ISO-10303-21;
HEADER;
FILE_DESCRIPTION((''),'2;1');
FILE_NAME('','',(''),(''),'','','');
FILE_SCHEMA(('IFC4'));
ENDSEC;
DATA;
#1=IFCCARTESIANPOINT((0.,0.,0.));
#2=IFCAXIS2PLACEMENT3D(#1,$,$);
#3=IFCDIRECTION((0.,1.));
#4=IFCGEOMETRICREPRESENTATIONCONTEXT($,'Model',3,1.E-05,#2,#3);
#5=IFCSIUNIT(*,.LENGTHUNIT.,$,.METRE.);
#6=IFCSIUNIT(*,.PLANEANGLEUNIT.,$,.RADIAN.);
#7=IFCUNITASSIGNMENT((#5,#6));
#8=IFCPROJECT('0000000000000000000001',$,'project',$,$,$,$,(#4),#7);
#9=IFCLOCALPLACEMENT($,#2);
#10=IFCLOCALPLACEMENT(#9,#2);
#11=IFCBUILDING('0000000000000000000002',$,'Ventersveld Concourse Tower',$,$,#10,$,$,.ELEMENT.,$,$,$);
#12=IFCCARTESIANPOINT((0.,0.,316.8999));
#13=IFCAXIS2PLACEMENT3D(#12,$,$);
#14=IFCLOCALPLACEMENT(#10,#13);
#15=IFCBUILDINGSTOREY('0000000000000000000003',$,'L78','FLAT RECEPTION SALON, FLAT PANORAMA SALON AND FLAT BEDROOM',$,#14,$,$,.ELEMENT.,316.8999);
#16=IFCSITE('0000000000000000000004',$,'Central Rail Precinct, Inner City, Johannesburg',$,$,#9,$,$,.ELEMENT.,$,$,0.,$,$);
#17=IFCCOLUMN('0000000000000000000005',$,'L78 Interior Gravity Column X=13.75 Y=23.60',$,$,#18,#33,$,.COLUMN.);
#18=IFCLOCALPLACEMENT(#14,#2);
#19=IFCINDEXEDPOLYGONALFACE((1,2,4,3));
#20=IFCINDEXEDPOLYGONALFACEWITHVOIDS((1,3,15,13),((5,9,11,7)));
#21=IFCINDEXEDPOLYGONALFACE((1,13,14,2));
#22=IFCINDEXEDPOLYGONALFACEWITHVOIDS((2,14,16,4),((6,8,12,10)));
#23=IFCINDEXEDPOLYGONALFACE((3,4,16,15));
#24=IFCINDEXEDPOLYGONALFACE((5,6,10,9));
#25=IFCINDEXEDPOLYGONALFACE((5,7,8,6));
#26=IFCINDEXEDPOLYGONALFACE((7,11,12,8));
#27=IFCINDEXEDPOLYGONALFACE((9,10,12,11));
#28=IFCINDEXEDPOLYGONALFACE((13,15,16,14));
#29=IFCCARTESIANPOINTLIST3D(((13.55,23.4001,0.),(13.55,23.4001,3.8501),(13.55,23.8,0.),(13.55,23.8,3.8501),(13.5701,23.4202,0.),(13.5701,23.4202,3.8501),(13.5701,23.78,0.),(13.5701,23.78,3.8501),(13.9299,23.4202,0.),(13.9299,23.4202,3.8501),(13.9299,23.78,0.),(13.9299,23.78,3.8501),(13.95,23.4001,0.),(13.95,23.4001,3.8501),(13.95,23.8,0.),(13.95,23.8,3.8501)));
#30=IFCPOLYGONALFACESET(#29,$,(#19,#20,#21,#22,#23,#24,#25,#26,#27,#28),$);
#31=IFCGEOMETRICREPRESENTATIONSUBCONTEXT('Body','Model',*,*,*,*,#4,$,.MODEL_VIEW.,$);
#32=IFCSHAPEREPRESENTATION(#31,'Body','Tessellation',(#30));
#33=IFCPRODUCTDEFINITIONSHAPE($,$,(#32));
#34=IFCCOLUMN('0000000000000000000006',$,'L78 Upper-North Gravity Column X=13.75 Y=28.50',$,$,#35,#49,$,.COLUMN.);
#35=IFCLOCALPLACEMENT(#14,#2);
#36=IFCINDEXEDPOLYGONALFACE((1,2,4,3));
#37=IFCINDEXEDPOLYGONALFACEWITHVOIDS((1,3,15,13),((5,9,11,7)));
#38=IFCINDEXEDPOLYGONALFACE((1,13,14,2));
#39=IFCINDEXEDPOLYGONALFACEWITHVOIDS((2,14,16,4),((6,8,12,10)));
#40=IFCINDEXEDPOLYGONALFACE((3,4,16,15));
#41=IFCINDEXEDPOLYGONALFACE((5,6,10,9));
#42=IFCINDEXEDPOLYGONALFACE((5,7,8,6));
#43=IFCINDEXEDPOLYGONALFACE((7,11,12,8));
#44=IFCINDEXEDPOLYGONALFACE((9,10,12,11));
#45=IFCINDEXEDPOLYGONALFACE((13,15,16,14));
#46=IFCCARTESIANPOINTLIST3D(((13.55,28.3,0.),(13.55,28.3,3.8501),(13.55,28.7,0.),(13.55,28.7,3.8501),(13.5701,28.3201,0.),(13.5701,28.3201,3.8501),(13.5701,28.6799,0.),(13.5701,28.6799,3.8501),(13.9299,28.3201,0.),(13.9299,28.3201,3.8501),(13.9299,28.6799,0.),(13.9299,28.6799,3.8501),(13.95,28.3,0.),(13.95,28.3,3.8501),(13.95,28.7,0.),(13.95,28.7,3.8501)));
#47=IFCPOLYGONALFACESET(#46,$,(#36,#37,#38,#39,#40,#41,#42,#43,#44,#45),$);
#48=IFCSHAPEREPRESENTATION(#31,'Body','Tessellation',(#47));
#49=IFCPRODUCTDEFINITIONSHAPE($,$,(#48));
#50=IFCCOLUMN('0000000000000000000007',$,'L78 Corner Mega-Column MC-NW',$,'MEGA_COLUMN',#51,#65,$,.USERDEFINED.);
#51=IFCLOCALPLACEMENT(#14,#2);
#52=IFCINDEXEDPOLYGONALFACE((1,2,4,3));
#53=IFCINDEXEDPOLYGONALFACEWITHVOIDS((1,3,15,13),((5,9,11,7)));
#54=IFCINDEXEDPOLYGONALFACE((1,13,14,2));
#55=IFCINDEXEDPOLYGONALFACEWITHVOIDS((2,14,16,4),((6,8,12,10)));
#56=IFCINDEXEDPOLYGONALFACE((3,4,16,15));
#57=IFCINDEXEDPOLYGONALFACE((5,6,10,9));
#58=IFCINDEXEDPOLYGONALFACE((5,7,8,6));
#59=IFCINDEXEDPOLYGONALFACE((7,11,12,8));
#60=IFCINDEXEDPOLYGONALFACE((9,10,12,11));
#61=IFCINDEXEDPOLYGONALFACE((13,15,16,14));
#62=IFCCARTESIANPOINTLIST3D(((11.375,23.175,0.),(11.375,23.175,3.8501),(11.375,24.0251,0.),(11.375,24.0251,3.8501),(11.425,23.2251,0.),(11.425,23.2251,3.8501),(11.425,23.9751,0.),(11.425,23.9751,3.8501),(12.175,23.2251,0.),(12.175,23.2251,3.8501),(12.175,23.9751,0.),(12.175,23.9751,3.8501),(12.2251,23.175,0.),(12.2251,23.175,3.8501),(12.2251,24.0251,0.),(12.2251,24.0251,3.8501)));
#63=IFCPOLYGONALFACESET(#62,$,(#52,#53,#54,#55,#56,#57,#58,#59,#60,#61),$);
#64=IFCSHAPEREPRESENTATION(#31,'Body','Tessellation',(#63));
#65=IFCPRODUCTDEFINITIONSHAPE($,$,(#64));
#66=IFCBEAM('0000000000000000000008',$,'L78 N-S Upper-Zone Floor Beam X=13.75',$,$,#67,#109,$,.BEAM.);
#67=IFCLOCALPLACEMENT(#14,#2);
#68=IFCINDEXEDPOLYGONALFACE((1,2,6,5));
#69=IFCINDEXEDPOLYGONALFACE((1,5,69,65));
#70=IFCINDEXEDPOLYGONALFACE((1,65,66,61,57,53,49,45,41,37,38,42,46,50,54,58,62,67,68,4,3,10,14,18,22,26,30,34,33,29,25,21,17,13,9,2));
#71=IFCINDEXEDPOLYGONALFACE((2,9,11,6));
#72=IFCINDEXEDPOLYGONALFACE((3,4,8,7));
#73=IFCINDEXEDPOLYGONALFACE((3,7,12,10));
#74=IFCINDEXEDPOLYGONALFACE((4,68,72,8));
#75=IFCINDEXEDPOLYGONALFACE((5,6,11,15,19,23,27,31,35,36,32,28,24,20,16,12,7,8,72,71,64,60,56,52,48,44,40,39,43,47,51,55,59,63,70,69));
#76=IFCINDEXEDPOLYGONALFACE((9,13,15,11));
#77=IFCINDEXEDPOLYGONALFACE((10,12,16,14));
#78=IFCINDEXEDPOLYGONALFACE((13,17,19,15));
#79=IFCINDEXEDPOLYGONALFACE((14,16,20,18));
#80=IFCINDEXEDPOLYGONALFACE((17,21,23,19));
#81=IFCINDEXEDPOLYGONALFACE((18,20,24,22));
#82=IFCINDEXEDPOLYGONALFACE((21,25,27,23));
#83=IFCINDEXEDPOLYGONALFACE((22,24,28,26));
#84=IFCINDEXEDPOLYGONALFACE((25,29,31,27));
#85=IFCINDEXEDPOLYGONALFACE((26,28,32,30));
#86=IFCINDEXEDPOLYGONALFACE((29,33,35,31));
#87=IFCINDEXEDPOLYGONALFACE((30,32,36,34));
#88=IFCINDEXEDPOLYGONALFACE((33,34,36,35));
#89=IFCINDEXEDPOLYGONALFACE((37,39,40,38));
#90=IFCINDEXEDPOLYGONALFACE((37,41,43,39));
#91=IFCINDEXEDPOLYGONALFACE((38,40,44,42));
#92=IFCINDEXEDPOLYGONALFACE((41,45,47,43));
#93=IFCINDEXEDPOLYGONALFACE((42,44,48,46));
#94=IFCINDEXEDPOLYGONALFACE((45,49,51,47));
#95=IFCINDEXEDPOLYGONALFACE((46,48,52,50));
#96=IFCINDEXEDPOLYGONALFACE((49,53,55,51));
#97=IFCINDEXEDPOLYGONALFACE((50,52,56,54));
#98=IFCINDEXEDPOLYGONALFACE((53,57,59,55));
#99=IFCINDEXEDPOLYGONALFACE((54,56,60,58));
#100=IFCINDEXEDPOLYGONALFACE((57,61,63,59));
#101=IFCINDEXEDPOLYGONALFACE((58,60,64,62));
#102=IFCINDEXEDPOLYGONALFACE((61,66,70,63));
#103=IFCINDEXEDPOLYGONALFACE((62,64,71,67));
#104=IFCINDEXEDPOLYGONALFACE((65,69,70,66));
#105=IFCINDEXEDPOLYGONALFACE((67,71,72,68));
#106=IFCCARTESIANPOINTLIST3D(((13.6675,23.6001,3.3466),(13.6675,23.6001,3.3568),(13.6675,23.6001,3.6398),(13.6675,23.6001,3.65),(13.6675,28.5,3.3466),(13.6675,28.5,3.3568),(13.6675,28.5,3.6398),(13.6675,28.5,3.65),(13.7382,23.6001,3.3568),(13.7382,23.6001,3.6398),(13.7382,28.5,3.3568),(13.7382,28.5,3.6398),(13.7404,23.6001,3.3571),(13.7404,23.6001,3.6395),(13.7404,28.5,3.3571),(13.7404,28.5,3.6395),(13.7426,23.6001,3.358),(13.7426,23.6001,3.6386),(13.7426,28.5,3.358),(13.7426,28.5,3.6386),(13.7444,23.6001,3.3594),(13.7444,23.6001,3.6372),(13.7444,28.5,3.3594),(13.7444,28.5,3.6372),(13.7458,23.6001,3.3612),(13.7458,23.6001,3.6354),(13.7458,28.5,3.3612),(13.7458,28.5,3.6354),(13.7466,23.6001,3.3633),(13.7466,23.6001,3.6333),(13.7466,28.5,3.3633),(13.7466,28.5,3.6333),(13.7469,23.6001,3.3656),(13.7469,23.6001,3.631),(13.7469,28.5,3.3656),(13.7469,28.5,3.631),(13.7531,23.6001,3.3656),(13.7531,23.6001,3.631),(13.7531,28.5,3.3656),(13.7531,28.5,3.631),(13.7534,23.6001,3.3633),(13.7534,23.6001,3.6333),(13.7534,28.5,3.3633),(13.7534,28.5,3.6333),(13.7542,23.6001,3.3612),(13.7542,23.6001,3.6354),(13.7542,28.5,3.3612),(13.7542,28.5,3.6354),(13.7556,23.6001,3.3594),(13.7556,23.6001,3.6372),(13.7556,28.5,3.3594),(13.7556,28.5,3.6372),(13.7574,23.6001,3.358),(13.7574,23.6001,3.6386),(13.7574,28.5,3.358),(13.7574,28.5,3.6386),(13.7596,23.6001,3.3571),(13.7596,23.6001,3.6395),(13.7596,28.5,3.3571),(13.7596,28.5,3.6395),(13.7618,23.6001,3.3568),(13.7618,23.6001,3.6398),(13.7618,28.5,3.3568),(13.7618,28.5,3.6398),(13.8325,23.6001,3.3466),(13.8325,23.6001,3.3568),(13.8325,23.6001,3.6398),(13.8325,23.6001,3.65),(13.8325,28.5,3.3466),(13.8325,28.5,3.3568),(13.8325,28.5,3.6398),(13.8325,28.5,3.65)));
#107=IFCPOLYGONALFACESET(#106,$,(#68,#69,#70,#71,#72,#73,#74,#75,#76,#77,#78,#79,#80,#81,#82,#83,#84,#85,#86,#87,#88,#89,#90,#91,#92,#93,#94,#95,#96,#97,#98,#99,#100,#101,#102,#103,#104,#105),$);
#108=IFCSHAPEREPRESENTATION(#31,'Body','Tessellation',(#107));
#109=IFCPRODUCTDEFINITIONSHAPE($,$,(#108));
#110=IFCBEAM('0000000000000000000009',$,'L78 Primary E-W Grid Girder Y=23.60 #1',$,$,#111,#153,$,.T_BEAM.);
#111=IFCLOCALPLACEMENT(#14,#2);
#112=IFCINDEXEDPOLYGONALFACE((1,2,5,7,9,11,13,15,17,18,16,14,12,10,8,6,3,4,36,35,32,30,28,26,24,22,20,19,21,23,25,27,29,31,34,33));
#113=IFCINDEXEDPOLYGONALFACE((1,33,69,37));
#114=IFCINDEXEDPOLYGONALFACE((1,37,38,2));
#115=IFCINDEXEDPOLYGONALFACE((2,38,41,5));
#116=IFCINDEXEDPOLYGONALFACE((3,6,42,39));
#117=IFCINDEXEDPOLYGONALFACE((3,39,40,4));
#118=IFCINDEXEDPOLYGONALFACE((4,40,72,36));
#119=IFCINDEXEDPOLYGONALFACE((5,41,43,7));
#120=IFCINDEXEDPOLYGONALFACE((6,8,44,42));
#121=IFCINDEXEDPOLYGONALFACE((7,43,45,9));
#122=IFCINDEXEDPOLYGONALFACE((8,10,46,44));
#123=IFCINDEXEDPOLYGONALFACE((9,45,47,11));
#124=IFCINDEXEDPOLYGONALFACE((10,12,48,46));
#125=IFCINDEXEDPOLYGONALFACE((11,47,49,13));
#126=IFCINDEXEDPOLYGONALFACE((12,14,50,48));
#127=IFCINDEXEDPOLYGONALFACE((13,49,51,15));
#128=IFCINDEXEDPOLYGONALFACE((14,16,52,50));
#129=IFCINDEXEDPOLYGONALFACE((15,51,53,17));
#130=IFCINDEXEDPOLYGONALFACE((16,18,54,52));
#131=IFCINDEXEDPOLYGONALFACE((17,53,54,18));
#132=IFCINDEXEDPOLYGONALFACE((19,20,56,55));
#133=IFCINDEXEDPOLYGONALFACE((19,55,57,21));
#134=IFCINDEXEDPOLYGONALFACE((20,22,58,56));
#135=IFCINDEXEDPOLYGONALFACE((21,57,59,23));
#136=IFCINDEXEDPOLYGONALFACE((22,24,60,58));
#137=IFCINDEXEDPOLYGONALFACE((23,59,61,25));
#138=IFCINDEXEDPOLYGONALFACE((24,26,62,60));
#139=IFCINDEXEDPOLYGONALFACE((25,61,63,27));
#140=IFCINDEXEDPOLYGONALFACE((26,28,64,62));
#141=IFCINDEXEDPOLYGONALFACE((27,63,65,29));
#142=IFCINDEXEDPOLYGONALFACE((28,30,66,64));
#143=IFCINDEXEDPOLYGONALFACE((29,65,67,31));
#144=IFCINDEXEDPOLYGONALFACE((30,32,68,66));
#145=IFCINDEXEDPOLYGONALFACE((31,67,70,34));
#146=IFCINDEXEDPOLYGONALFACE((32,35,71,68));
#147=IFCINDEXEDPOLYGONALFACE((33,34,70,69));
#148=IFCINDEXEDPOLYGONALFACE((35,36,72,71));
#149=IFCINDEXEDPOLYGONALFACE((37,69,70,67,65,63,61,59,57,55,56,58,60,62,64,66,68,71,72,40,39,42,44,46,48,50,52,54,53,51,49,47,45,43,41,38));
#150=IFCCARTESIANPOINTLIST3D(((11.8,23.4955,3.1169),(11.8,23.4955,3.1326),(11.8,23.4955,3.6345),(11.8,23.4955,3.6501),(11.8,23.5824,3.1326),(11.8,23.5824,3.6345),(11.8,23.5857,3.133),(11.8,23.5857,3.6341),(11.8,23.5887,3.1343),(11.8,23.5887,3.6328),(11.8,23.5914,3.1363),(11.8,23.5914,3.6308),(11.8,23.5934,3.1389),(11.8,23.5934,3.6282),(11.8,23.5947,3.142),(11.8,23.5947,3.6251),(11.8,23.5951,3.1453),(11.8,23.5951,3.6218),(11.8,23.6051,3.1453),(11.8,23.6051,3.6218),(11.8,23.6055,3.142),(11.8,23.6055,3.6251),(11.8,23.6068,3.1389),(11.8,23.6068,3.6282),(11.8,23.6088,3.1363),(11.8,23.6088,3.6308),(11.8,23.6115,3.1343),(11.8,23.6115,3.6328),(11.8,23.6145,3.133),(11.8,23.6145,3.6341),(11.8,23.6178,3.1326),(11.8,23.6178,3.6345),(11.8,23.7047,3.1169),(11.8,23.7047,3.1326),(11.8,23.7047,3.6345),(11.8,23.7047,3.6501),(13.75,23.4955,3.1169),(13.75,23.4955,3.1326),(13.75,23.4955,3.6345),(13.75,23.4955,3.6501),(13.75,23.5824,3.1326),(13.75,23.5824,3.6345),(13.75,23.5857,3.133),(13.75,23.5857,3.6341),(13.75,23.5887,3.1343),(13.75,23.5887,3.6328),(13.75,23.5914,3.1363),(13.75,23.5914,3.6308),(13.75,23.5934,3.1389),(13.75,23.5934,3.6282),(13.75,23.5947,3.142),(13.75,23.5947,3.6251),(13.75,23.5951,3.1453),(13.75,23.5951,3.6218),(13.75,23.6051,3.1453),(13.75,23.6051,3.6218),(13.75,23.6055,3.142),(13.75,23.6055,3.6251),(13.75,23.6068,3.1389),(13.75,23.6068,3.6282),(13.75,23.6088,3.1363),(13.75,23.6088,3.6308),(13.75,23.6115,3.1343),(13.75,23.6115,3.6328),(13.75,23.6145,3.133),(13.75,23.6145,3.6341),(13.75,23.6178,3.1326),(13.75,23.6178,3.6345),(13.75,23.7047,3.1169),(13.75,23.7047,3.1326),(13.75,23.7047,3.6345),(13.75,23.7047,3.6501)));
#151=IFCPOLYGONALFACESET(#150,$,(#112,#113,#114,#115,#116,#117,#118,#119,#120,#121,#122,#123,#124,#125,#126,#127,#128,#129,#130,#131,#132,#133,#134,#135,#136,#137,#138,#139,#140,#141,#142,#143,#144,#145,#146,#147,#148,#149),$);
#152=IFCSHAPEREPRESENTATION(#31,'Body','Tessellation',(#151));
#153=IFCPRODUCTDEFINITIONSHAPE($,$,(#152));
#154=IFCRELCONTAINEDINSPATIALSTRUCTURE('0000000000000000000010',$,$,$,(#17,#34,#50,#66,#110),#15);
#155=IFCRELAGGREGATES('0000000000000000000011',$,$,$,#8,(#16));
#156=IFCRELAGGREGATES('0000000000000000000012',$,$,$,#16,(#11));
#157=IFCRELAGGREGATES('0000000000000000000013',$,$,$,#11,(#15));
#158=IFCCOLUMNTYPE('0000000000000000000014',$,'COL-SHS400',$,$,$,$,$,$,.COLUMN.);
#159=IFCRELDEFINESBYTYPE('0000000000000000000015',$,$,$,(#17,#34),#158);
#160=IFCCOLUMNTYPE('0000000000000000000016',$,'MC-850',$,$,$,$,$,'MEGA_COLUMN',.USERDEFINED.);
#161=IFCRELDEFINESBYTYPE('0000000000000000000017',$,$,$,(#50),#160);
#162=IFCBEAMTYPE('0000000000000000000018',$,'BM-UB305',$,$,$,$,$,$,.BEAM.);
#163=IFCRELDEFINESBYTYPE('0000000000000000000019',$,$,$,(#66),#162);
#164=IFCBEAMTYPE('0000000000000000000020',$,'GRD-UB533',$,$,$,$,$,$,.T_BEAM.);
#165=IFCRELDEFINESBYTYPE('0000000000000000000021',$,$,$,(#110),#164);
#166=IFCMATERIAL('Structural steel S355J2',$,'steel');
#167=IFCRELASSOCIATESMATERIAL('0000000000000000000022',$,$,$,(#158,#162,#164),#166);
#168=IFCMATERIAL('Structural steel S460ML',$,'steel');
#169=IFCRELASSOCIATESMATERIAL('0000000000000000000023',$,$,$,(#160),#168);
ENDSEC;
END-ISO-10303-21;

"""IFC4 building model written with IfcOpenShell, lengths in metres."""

from ifc_helpers import new_model, si_unit, direction, frame, origin, origin_2d, place, context, subcontext, project, spatial, hollow_rectangle, i_section, extrude, material, material_profile, profile_set, type_object, element, save


model = new_model("IFC4")

# Units and contexts
model_context = context("Model", 3, precision=1e-05, world=origin(), true_north=direction((0.0, 1.0)))
body_context = subcontext(model_context, "Body", "Model", "MODEL_VIEW")
ifc_project = project(units=[si_unit("LENGTHUNIT", "METRE"), si_unit("PLANEANGLEUNIT", "RADIAN")], contexts=[model_context])

# Site, building, storey
site_placement = place(None, origin())
site = spatial("IfcSite", under=ifc_project, at=site_placement, Name="Central Rail Precinct, Inner City, Johannesburg", CompositionType="ELEMENT", RefElevation=0.0)
building_placement = place(site_placement, origin())
building = spatial("IfcBuilding", under=site, at=building_placement, Name="Ventersveld Concourse Tower", CompositionType="ELEMENT")
storey_placement = place(building_placement, frame((0.0, 0.0, 316.8999)))
storey = spatial("IfcBuildingStorey", under=building, at=storey_placement, Name="L78", Description="FLAT RECEPTION SALON, FLAT PANORAMA SALON AND FLAT BEDROOM", CompositionType="ELEMENT", Elevation=316.8999)

# Columns
ifc_material_1 = material(Name="Structural steel S355J2", Category="steel")
ifc_material_profile_1 = material_profile(ifc_material_1, hollow_rectangle(XDim=0.3999, YDim=0.3999, WallThickness=0.02, at=origin_2d()), Name="SHS 400x400x20")
ifc_profile_set_1 = profile_set([ifc_material_profile_1], Name="Structural steel S355J2")
column_type_1 = type_object("IfcColumnType", Name="COL-SHS400", PredefinedType="COLUMN", material=ifc_profile_set_1)
for number, where, z_axis, x_axis, name in (
    (1, (13.75, 23.6001, 0.0), (0.0, 0.0, 1.0), (1.0, 0.0, 0.0), "L78 Interior Gravity Column X=13.75 Y=23.60"),
    (2, (13.75, 28.5, 0.0), (0.0, 0.0, 1.0), (1.0, 0.0, 0.0), "L78 Upper-North Gravity Column X=13.75 Y=28.50"),
):
    element("IfcColumn", number, at=place(storey_placement, frame(where, z_axis=z_axis, x_axis=x_axis)), inside=storey, type_object=column_type_1, Name=name, PredefinedType="COLUMN", context=body_context, shape_type="SweptSolid", body=[
        extrude(hollow_rectangle(XDim=0.3999, YDim=0.3999, WallThickness=0.02, at=origin_2d()), origin(), (0.0, 0.0, 1.0), 3.8501),
    ])
ifc_material_2 = material(Name="Structural steel S460ML", Category="steel")
ifc_material_profile_2 = material_profile(ifc_material_2, hollow_rectangle(XDim=0.8501, YDim=0.8501, WallThickness=0.05, at=origin_2d()), Name="BOX 850x850x50")
ifc_profile_set_2 = profile_set([ifc_material_profile_2], Name="Structural steel S460ML")
column_type_2 = type_object("IfcColumnType", Name="MC-850", ElementType="MEGA_COLUMN", PredefinedType="USERDEFINED", material=ifc_profile_set_2)
column_placement = place(storey_placement, frame((11.8, 23.6001, 0.0), z_axis=(0.0, 0.0, 1.0), x_axis=(1.0, 0.0, 0.0)))
element("IfcColumn", 3, at=column_placement, inside=storey, type_object=column_type_2, Name="L78 Corner Mega-Column MC-NW", ObjectType="MEGA_COLUMN", PredefinedType="USERDEFINED", context=body_context, shape_type="SweptSolid", body=[
    extrude(hollow_rectangle(XDim=0.8501, YDim=0.8501, WallThickness=0.05, at=origin_2d()), origin(), (0.0, 0.0, 1.0), 3.8501),
])

# Beams
ifc_material_profile_3 = material_profile(ifc_material_1, i_section(OverallWidth=0.165, OverallDepth=0.3035, WebThickness=0.0061, FlangeThickness=0.0103, FilletRadius=0.0088, at=origin_2d()), Name="UB 305x165x40")
ifc_profile_set_3 = profile_set([ifc_material_profile_3], Name="Structural steel S355J2")
beam_type_1 = type_object("IfcBeamType", Name="BM-UB305", PredefinedType="BEAM", material=ifc_profile_set_3)
beam_1_placement = place(storey_placement, frame((13.75, 23.6001, 3.4983), z_axis=(0.0, 1.0, 0.0), x_axis=(-1.0, 0.0, 0.0)))
element("IfcBeam", 4, at=beam_1_placement, inside=storey, type_object=beam_type_1, Name="L78 N-S Upper-Zone Floor Beam X=13.75", PredefinedType="BEAM", context=body_context, shape_type="SweptSolid", body=[
    extrude(i_section(OverallWidth=0.165, OverallDepth=0.3035, WebThickness=0.0061, FlangeThickness=0.0103, FilletRadius=0.0088, at=origin_2d()), origin(), (0.0, 0.0, 1.0), 4.8999),
])
ifc_material_profile_4 = material_profile(ifc_material_1, i_section(OverallWidth=0.2092, OverallDepth=0.5332, WebThickness=0.01, FlangeThickness=0.0156, FilletRadius=0.0127, at=origin_2d()), Name="UB 533x210x92")
ifc_profile_set_4 = profile_set([ifc_material_profile_4], Name="Structural steel S355J2")
beam_type_2 = type_object("IfcBeamType", Name="GRD-UB533", PredefinedType="T_BEAM", material=ifc_profile_set_4)
beam_2_placement = place(storey_placement, frame((11.8, 23.6001, 3.3835), z_axis=(1.0, 0.0, 0.0), x_axis=(0.0, 1.0, 0.0)))
element("IfcBeam", 5, at=beam_2_placement, inside=storey, type_object=beam_type_2, Name="L78 Primary E-W Grid Girder Y=23.60 #1", PredefinedType="T_BEAM", context=body_context, shape_type="SweptSolid", body=[
    extrude(i_section(OverallWidth=0.2092, OverallDepth=0.5332, WebThickness=0.01, FlangeThickness=0.0156, FilletRadius=0.0127, at=origin_2d()), origin(), (0.0, 0.0, 1.0), 1.95),
])

save(model, "model.ifc")
